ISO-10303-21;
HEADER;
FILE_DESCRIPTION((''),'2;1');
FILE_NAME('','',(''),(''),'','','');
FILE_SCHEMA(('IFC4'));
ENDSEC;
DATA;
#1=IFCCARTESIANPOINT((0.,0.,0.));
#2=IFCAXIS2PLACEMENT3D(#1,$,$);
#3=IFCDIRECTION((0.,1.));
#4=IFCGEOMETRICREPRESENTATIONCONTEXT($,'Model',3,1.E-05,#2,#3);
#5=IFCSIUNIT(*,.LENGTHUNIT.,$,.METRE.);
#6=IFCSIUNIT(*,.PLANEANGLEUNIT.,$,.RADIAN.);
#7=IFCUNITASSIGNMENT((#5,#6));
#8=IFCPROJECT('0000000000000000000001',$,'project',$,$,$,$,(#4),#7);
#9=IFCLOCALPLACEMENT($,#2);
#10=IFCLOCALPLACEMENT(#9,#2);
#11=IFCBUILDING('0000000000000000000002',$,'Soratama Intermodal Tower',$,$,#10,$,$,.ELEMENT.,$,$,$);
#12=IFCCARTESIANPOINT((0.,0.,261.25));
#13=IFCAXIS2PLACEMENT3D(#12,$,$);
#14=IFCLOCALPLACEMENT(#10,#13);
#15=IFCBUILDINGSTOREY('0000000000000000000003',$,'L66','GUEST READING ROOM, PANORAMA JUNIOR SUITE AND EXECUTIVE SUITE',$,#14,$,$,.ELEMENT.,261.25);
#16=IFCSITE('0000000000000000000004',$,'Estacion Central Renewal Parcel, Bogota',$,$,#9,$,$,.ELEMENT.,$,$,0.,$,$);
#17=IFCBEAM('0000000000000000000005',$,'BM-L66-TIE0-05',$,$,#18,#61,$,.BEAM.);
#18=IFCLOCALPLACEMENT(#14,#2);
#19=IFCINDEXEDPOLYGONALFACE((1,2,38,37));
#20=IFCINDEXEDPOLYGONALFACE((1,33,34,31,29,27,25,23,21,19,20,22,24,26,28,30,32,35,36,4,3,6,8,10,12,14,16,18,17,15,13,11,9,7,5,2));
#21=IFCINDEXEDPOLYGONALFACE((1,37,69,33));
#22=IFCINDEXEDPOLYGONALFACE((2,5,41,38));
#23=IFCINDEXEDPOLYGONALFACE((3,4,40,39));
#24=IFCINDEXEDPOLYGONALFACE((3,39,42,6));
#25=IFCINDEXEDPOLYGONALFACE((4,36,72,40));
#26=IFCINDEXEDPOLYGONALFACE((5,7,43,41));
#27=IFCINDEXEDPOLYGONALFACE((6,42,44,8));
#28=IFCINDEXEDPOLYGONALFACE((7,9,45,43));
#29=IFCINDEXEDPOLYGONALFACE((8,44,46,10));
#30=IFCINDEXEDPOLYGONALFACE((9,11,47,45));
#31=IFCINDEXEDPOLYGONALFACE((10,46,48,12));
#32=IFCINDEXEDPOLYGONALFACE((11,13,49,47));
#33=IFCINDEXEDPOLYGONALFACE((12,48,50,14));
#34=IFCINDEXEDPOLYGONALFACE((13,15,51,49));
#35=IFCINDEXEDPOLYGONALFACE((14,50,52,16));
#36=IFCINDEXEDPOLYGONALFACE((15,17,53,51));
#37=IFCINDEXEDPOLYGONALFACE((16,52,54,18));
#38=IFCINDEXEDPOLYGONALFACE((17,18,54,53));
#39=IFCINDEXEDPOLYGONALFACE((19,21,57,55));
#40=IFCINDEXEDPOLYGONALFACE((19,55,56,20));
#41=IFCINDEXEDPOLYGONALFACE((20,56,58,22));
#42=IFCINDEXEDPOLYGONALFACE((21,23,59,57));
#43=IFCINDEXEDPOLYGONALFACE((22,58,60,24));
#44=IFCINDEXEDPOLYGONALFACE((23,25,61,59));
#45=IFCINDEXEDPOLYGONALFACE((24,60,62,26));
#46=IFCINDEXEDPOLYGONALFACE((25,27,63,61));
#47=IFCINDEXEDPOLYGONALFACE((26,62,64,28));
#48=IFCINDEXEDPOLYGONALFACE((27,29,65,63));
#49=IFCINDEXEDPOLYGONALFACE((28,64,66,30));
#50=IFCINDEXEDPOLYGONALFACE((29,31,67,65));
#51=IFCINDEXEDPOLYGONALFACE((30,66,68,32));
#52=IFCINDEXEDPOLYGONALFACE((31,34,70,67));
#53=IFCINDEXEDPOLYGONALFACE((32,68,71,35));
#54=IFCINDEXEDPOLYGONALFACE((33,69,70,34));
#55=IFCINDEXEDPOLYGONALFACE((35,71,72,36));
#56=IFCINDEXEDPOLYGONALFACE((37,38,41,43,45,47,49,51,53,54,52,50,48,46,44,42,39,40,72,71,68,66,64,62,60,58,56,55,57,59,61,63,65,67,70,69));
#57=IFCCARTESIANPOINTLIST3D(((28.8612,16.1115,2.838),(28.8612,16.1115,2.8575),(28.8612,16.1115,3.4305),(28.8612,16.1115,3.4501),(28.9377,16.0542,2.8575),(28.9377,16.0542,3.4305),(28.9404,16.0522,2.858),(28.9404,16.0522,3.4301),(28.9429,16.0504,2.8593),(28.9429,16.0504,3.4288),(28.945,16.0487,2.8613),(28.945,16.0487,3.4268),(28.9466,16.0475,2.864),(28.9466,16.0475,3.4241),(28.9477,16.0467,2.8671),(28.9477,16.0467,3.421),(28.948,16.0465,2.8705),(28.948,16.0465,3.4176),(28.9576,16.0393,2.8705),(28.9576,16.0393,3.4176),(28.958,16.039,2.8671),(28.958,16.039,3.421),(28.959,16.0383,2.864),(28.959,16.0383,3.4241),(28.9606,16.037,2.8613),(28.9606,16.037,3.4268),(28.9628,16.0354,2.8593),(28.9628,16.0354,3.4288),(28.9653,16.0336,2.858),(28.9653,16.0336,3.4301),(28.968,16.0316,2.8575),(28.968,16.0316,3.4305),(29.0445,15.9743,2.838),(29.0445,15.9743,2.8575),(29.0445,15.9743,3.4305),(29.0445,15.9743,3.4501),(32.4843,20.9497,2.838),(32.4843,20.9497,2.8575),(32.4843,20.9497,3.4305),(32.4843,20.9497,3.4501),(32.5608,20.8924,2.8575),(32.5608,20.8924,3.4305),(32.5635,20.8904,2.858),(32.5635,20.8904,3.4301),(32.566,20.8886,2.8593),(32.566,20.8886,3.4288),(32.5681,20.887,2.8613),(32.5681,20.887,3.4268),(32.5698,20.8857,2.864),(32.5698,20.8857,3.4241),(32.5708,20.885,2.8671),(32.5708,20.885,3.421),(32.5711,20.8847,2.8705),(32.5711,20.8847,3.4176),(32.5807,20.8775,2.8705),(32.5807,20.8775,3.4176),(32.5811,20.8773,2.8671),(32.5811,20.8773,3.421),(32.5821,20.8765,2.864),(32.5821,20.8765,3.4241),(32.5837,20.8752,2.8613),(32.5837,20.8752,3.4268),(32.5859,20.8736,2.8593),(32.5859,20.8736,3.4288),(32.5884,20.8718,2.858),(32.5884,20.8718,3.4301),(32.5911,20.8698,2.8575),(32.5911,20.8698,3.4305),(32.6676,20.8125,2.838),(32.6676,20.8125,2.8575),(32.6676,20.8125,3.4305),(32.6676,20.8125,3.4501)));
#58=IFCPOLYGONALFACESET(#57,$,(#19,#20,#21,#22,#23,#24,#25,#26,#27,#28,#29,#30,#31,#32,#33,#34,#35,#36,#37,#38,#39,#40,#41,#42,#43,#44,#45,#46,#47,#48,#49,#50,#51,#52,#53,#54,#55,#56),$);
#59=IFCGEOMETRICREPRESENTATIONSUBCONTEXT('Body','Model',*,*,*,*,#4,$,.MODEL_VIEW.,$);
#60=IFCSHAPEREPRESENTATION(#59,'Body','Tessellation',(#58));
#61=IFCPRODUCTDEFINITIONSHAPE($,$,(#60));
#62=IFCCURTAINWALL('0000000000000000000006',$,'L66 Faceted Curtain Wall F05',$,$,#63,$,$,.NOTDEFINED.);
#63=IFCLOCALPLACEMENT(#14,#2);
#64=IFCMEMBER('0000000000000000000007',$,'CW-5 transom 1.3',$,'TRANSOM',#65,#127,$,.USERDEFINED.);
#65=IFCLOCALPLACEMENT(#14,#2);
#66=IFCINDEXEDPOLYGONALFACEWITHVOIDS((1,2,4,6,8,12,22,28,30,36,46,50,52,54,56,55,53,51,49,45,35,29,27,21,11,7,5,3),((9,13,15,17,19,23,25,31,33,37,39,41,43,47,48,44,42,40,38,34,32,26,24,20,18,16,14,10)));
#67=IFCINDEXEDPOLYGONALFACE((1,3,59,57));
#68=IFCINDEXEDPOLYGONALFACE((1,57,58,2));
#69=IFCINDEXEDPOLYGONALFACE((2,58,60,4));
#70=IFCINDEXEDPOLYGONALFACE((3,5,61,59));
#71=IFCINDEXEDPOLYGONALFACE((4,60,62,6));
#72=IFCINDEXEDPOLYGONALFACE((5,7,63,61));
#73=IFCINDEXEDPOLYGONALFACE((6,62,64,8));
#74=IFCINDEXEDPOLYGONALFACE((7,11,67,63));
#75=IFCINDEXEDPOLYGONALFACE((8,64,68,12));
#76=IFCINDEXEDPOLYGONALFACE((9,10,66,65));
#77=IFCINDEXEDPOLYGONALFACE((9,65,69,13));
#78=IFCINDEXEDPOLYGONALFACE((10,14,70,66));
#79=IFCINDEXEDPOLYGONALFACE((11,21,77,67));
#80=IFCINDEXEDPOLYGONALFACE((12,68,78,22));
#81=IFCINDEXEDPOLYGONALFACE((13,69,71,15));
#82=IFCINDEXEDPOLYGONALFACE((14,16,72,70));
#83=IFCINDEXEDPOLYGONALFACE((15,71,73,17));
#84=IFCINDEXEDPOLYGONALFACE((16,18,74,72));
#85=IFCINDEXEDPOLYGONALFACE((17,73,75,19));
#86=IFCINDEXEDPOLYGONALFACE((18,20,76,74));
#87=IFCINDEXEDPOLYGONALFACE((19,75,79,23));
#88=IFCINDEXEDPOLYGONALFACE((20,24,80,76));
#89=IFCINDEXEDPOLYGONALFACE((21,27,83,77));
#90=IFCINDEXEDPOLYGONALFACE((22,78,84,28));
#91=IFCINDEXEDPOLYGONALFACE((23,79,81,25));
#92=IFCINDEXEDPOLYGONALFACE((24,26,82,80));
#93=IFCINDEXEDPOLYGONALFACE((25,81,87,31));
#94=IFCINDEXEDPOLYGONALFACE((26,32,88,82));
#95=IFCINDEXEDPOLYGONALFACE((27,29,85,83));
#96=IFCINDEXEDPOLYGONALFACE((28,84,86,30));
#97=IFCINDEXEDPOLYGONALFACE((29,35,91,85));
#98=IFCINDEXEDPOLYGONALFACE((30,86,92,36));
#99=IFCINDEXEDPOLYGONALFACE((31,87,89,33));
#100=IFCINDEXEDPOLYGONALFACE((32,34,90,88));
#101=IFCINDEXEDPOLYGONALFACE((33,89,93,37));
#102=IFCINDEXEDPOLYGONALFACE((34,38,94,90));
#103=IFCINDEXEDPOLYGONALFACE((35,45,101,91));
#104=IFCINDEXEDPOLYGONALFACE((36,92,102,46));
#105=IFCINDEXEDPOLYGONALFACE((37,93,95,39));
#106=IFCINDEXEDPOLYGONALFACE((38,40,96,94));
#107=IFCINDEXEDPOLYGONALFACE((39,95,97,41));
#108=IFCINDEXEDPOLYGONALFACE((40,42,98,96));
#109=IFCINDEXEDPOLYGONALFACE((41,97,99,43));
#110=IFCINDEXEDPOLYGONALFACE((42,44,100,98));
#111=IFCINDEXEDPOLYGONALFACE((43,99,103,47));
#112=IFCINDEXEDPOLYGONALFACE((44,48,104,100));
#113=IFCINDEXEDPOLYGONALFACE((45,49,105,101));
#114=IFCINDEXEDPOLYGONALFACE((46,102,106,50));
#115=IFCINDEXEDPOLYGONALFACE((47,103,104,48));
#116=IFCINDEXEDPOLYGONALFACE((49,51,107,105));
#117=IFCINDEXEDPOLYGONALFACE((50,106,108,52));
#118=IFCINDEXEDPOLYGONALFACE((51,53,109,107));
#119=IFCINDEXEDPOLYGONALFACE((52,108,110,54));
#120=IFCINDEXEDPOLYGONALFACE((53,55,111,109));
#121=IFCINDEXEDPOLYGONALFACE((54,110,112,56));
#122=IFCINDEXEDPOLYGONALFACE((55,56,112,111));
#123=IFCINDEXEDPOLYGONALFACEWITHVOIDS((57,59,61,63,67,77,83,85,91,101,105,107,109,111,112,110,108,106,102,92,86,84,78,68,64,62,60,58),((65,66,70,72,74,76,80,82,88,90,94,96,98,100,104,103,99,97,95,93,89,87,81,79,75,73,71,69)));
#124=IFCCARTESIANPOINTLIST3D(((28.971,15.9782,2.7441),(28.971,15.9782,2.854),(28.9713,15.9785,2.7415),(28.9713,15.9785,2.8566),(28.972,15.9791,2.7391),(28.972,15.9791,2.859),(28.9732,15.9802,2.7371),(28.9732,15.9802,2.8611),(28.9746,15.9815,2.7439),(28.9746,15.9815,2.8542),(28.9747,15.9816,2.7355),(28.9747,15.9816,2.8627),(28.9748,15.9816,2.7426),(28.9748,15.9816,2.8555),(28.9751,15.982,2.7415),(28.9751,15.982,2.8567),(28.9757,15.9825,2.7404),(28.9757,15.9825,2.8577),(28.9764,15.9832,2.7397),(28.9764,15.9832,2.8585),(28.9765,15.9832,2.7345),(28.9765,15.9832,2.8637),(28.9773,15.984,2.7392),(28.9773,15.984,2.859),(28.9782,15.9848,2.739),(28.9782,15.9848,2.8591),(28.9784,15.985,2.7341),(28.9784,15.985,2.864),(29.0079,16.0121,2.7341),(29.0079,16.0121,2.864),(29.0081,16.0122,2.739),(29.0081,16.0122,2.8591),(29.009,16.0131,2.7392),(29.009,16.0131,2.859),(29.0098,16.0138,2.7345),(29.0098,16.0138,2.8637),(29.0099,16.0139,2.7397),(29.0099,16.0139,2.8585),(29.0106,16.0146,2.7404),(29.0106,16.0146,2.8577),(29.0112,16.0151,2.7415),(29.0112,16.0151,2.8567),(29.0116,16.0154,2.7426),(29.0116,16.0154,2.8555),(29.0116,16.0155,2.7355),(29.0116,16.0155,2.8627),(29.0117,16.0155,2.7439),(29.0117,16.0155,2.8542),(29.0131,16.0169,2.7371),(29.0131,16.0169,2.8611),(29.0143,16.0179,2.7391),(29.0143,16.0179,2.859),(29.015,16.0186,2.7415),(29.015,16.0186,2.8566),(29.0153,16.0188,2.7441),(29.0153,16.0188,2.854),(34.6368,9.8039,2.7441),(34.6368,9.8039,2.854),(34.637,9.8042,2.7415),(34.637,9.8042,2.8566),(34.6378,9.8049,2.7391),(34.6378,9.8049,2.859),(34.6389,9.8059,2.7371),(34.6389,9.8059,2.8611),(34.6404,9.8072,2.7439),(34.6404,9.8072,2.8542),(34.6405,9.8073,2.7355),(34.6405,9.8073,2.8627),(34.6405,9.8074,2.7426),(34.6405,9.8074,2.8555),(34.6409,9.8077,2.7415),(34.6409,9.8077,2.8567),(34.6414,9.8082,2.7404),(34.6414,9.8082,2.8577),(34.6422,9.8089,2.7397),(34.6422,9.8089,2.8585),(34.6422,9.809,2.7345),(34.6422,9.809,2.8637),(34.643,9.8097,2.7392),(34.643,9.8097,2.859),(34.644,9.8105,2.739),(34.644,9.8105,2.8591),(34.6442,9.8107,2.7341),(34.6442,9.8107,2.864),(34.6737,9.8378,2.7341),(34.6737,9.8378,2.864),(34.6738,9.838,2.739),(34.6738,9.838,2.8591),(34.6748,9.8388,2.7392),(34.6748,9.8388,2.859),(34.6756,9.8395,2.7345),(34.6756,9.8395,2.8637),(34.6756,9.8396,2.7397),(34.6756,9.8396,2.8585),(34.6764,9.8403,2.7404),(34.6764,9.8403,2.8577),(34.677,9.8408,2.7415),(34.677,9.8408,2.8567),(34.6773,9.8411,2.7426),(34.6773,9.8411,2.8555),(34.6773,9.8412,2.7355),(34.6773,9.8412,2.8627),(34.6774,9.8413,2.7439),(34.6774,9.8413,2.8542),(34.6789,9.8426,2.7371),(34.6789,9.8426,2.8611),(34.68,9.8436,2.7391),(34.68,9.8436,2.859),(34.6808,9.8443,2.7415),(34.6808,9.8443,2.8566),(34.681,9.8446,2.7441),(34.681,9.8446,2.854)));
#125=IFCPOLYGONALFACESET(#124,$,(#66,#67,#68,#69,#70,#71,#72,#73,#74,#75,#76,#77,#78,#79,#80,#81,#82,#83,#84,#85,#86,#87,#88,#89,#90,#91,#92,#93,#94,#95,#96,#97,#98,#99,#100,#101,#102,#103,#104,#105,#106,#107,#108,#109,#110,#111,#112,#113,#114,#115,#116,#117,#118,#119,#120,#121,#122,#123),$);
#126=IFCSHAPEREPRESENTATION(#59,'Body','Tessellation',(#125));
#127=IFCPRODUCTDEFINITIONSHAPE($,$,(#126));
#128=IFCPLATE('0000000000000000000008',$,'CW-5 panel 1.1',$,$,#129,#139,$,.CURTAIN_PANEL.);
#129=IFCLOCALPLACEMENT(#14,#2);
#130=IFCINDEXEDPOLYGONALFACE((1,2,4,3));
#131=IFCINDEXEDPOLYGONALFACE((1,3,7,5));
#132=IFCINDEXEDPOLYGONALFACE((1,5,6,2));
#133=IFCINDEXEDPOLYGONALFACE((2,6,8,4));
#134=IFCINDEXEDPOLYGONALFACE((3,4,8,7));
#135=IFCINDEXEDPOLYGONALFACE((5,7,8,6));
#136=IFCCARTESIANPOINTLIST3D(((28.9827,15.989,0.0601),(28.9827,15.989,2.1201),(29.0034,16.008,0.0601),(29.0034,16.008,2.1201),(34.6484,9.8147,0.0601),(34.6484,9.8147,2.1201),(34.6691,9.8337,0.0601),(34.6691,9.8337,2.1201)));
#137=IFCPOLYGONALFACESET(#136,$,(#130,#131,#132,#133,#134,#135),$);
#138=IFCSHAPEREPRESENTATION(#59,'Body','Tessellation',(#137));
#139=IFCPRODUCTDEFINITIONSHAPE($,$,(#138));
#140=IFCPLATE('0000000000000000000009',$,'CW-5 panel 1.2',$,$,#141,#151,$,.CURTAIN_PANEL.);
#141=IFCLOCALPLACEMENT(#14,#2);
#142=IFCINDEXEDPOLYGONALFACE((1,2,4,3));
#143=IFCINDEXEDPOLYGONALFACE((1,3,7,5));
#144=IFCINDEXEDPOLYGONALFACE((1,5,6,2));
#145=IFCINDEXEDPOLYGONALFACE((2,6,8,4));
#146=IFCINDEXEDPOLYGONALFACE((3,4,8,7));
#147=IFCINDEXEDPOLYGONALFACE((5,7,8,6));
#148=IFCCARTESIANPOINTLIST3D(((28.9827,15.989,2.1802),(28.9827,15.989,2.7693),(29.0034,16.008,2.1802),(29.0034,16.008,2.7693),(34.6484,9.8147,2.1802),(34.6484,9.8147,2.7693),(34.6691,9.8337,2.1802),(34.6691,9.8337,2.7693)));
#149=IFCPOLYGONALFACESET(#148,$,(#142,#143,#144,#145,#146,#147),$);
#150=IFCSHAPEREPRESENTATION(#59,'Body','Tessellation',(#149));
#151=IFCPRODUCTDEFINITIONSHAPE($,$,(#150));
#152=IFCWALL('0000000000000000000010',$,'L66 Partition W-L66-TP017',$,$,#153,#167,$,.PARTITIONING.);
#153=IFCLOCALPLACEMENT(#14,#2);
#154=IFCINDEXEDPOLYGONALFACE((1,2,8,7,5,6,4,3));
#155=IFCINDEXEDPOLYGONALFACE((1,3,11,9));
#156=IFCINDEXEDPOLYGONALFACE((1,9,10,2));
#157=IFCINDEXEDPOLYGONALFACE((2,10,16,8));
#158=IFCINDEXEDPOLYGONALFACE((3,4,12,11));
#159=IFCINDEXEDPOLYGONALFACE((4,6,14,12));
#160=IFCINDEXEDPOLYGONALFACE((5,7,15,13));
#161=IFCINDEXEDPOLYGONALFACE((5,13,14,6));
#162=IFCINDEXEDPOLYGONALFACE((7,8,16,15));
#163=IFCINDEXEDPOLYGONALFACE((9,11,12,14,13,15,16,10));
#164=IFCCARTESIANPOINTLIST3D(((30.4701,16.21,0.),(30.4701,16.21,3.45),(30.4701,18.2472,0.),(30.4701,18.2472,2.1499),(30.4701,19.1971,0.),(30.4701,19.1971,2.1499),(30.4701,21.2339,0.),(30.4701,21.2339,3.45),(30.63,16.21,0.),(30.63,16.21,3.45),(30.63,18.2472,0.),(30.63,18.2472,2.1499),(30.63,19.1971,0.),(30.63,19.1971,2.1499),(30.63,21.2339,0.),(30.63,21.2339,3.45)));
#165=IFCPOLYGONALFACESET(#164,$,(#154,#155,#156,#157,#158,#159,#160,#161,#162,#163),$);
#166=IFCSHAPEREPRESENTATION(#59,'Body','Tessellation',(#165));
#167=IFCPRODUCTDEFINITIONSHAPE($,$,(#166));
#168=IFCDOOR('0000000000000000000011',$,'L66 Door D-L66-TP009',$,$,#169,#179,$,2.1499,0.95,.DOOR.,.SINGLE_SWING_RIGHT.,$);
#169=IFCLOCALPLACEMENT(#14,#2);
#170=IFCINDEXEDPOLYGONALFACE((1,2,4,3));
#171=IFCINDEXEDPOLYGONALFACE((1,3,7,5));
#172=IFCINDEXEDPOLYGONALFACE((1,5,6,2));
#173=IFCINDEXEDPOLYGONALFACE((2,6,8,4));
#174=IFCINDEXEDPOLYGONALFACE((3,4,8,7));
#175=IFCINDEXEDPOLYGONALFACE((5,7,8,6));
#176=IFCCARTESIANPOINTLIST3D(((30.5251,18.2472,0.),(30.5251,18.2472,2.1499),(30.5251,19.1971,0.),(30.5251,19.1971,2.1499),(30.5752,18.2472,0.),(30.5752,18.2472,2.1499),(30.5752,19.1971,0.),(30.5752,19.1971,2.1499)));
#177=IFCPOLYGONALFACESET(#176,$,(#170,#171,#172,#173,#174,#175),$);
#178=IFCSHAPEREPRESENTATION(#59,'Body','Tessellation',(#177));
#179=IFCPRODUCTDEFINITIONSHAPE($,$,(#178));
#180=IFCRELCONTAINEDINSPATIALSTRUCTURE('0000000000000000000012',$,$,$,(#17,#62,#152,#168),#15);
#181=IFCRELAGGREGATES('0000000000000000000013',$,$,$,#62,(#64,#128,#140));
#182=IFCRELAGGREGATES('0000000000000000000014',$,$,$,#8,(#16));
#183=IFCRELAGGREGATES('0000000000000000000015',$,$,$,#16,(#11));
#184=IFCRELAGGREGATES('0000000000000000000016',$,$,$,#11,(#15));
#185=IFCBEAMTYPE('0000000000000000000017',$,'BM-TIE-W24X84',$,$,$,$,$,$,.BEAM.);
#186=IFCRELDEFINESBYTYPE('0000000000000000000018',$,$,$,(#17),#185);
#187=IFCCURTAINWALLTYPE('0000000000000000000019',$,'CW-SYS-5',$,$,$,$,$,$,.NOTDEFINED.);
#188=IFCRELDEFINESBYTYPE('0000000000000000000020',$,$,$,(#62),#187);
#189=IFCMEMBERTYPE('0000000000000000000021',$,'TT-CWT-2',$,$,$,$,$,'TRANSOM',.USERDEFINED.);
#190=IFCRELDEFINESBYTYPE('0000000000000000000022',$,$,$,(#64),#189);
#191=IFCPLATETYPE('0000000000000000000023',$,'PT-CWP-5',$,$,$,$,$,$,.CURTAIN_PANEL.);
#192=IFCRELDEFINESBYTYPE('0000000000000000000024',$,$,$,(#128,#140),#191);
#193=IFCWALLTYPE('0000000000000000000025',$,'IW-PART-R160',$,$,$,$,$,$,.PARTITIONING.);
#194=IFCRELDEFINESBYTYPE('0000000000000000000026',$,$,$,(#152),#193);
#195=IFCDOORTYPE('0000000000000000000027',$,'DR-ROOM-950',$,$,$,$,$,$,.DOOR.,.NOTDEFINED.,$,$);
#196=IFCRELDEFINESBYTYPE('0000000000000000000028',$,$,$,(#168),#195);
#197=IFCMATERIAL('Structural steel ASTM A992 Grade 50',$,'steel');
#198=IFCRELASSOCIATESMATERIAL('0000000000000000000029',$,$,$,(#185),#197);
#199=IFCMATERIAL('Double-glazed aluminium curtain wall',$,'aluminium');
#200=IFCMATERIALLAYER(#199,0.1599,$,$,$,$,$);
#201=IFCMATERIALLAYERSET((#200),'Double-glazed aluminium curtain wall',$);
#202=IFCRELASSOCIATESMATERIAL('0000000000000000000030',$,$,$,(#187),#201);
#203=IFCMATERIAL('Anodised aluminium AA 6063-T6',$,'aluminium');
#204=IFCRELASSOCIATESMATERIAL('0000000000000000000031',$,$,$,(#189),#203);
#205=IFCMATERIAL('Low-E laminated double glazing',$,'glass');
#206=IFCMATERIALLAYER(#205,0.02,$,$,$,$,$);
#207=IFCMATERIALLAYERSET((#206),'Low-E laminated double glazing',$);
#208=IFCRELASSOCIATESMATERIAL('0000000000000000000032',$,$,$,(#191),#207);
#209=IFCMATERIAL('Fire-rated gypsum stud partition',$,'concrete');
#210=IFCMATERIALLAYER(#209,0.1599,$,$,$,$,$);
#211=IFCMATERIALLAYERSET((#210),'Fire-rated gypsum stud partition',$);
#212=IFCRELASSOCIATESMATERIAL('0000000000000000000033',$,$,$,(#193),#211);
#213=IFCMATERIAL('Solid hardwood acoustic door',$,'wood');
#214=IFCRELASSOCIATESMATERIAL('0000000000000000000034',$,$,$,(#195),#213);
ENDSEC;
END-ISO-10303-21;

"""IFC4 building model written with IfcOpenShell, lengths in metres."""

from ifc_helpers import new_model, si_unit, direction, frame, frame_2d, origin, origin_2d, place, context, subcontext, project, spatial, rectangle, hollow_rectangle, i_section, extrude, material, layer, layer_set, material_profile, profile_set, type_object, element, fill, aggregate, save


model = new_model("IFC4")

# Units and contexts
model_context = context("Model", 3, precision=1e-05, world=origin(), true_north=direction((0.0, 1.0)))
body_context = subcontext(model_context, "Body", "Model", "MODEL_VIEW")
ifc_project = project(units=[si_unit("LENGTHUNIT", "METRE"), si_unit("PLANEANGLEUNIT", "RADIAN")], contexts=[model_context])

# Site, building, storey
site_placement = place(None, origin())
site = spatial("IfcSite", under=ifc_project, at=site_placement, Name="Estacion Central Renewal Parcel, Bogota", CompositionType="ELEMENT", RefElevation=0.0)
building_placement = place(site_placement, origin())
building = spatial("IfcBuilding", under=site, at=building_placement, Name="Soratama Intermodal Tower", CompositionType="ELEMENT")
storey_placement = place(building_placement, frame((0.0, 0.0, 261.25)))
storey = spatial("IfcBuildingStorey", under=building, at=storey_placement, Name="L66", Description="GUEST READING ROOM, PANORAMA JUNIOR SUITE AND EXECUTIVE SUITE", CompositionType="ELEMENT", Elevation=261.25)

# Beam
ifc_material_1 = material(Name="Structural steel ASTM A992 Grade 50", Category="steel")
ifc_material_profile_1 = material_profile(ifc_material_1, i_section(OverallWidth=0.229, OverallDepth=0.6121, WebThickness=0.012, FlangeThickness=0.0195, FilletRadius=0.0129, at=origin_2d()), Name="W24X84")
ifc_profile_set_1 = profile_set([ifc_material_profile_1], Name="Structural steel ASTM A992 Grade 50")
beam_type_1 = type_object("IfcBeamType", Name="BM-TIE-W24X84", PredefinedType="BEAM", material=ifc_profile_set_1)
beam_1_placement = place(storey_placement, frame((32.5759, 20.8811, 3.144), z_axis=(-0.599412, -0.800441, 0.0), x_axis=(0.800441, -0.599412, 0.0)))
element("IfcBeam", 1, at=beam_1_placement, inside=storey, type_object=beam_type_1, Name="BM-L66-TIE0-05", PredefinedType="BEAM", context=body_context, shape_type="SweptSolid", body=[
    extrude(i_section(OverallWidth=0.229, OverallDepth=0.6121, WebThickness=0.012, FlangeThickness=0.0195, FilletRadius=0.0129, at=origin_2d()), origin(), (0.0, 0.0, 1.0), 6.0444),
])

# Curtain wall, member, plates
ifc_material_2 = material(Name="Double-glazed aluminium curtain wall", Category="aluminium")
ifc_layer_1 = layer(ifc_material_2, 0.1599)
ifc_layer_set_1 = layer_set([ifc_layer_1], Name="Double-glazed aluminium curtain wall")
curtain_wall_type = type_object("IfcCurtainWallType", Name="CW-SYS-5", PredefinedType="NOTDEFINED", material=ifc_layer_set_1)
curtain_wall_placement = place(storey_placement, origin())
curtain_wall = element("IfcCurtainWall", 2, at=curtain_wall_placement, inside=storey, type_object=curtain_wall_type, Name="L66 Faceted Curtain Wall F05", PredefinedType="NOTDEFINED")
ifc_material_3 = material(Name="Anodised aluminium AA 6063-T6", Category="aluminium")
ifc_material_profile_2 = material_profile(ifc_material_3, hollow_rectangle(XDim=0.0601, YDim=0.1299, WallThickness=0.0049, InnerFilletRadius=0.0049, OuterFilletRadius=0.01, at=origin_2d()), Name="CWT130X60X5")
ifc_profile_set_2 = profile_set([ifc_material_profile_2], Name="Anodised aluminium AA 6063-T6")
member_type = type_object("IfcMemberType", Name="TT-CWT-2", ElementType="TRANSOM", PredefinedType="USERDEFINED", material=ifc_profile_set_2)
member_placement = place(storey_placement, frame((28.9932, 15.9985, 2.7991), z_axis=(0.676112, -0.736798, 0.0), x_axis=(0.736798, 0.676112, 0.0)))
member = element("IfcMember", 3, at=member_placement, type_object=member_type, Name="CW-5 transom 1.3", ObjectType="TRANSOM", PredefinedType="USERDEFINED", context=body_context, shape_type="SweptSolid", body=[
    extrude(hollow_rectangle(XDim=0.0601, YDim=0.1299, WallThickness=0.0049, InnerFilletRadius=0.0049, OuterFilletRadius=0.01, at=origin_2d()), origin(), (0.0, 0.0, 1.0), 8.3799),
])
ifc_material_4 = material(Name="Low-E laminated double glazing", Category="glass")
ifc_layer_2 = layer(ifc_material_4, 0.02)
ifc_layer_set_2 = layer_set([ifc_layer_2], Name="Low-E laminated double glazing")
plate_type = type_object("IfcPlateType", Name="PT-CWP-5", PredefinedType="CURTAIN_PANEL", material=ifc_layer_set_2)
plate_1_placement = place(storey_placement, frame((31.8259, 12.9114, 0.0601), z_axis=(0.0, 0.0, 1.0), x_axis=(0.676108, -0.736803, 0.0)))
plate_1 = element("IfcPlate", 4, at=plate_1_placement, type_object=plate_type, Name="CW-5 panel 1.1", PredefinedType="CURTAIN_PANEL", context=body_context, shape_type="SweptSolid", body=[
    extrude(rectangle(XDim=8.3799, YDim=0.0281, at=origin_2d()), origin(), (0.0, 0.0, 1.0), 2.0601),
])
plate_2_placement = place(storey_placement, frame((31.8259, 12.9114, 2.1802), z_axis=(0.0, 0.0, 1.0), x_axis=(0.676108, -0.736803, 0.0)))
plate_2 = element("IfcPlate", 5, at=plate_2_placement, type_object=plate_type, Name="CW-5 panel 1.2", PredefinedType="CURTAIN_PANEL", context=body_context, shape_type="SweptSolid", body=[
    extrude(rectangle(XDim=8.3799, YDim=0.0281, at=origin_2d()), origin(), (0.0, 0.0, 1.0), 0.5891),
])
aggregate(curtain_wall, [member, plate_1, plate_2])

# Wall, opening, door
ifc_material_5 = material(Name="Fire-rated gypsum stud partition", Category="concrete")
ifc_layer_3 = layer(ifc_material_5, 0.1599)
ifc_layer_set_3 = layer_set([ifc_layer_3], Name="Fire-rated gypsum stud partition")
wall_type_1 = type_object("IfcWallType", Name="IW-PART-R160", PredefinedType="PARTITIONING", material=ifc_layer_set_3)
wall_1_placement = place(storey_placement, frame((30.55, 16.21, 0.0), z_axis=(0.0, 0.0, 1.0), x_axis=(0.0, 1.0, 0.0)))
wall_1 = element("IfcWall", 6, at=wall_1_placement, inside=storey, type_object=wall_type_1, Name="L66 Partition W-L66-TP017", PredefinedType="PARTITIONING", context=body_context, shape_type="SweptSolid", body=[
    extrude(rectangle(XDim=5.0239, YDim=0.1599, at=frame_2d((2.512, 0.0))), origin(), (0.0, 0.0, 1.0), 3.45),
])
opening_1_placement = place(wall_1_placement, frame((2.0371, 0.0, 0.0)))
opening_1 = element("IfcOpeningElement", 7, at=opening_1_placement, cuts=wall_1, PredefinedType="OPENING", context=body_context, shape_type="SweptSolid", body=[
    extrude(rectangle(XDim=0.95, YDim=2.1499, at=frame_2d((0.4751, 1.075))), frame((0.0, 0.0898, 0.0), z_axis=(0.0, -1.0, 0.0), x_axis=(1.0, 0.0, 0.0)), (0.0, 0.0, 1.0), 0.1799),
])
ifc_material_6 = material(Name="Solid hardwood acoustic door", Category="wood")
door_type = type_object("IfcDoorType", Name="DR-ROOM-950", OperationType="NOTDEFINED", PredefinedType="DOOR", material=ifc_material_6)
door_1_placement = place(opening_1_placement, origin())
door_1 = element("IfcDoor", 8, at=door_1_placement, inside=storey, type_object=door_type, Name="L66 Door D-L66-TP009", OperationType="SINGLE_SWING_RIGHT", OverallHeight=2.1499, OverallWidth=0.95, PredefinedType="DOOR", context=body_context, shape_type="SweptSolid", body=[
    extrude(rectangle(XDim=0.95, YDim=2.1499, at=frame_2d((0.4751, 1.075))), frame((0.0, 0.0249, 0.0), z_axis=(0.0, -1.0, 0.0), x_axis=(1.0, 0.0, 0.0)), (0.0, 0.0, 1.0), 0.05),
])
fill(opening_1, door_1)

save(model, "model.ifc")
